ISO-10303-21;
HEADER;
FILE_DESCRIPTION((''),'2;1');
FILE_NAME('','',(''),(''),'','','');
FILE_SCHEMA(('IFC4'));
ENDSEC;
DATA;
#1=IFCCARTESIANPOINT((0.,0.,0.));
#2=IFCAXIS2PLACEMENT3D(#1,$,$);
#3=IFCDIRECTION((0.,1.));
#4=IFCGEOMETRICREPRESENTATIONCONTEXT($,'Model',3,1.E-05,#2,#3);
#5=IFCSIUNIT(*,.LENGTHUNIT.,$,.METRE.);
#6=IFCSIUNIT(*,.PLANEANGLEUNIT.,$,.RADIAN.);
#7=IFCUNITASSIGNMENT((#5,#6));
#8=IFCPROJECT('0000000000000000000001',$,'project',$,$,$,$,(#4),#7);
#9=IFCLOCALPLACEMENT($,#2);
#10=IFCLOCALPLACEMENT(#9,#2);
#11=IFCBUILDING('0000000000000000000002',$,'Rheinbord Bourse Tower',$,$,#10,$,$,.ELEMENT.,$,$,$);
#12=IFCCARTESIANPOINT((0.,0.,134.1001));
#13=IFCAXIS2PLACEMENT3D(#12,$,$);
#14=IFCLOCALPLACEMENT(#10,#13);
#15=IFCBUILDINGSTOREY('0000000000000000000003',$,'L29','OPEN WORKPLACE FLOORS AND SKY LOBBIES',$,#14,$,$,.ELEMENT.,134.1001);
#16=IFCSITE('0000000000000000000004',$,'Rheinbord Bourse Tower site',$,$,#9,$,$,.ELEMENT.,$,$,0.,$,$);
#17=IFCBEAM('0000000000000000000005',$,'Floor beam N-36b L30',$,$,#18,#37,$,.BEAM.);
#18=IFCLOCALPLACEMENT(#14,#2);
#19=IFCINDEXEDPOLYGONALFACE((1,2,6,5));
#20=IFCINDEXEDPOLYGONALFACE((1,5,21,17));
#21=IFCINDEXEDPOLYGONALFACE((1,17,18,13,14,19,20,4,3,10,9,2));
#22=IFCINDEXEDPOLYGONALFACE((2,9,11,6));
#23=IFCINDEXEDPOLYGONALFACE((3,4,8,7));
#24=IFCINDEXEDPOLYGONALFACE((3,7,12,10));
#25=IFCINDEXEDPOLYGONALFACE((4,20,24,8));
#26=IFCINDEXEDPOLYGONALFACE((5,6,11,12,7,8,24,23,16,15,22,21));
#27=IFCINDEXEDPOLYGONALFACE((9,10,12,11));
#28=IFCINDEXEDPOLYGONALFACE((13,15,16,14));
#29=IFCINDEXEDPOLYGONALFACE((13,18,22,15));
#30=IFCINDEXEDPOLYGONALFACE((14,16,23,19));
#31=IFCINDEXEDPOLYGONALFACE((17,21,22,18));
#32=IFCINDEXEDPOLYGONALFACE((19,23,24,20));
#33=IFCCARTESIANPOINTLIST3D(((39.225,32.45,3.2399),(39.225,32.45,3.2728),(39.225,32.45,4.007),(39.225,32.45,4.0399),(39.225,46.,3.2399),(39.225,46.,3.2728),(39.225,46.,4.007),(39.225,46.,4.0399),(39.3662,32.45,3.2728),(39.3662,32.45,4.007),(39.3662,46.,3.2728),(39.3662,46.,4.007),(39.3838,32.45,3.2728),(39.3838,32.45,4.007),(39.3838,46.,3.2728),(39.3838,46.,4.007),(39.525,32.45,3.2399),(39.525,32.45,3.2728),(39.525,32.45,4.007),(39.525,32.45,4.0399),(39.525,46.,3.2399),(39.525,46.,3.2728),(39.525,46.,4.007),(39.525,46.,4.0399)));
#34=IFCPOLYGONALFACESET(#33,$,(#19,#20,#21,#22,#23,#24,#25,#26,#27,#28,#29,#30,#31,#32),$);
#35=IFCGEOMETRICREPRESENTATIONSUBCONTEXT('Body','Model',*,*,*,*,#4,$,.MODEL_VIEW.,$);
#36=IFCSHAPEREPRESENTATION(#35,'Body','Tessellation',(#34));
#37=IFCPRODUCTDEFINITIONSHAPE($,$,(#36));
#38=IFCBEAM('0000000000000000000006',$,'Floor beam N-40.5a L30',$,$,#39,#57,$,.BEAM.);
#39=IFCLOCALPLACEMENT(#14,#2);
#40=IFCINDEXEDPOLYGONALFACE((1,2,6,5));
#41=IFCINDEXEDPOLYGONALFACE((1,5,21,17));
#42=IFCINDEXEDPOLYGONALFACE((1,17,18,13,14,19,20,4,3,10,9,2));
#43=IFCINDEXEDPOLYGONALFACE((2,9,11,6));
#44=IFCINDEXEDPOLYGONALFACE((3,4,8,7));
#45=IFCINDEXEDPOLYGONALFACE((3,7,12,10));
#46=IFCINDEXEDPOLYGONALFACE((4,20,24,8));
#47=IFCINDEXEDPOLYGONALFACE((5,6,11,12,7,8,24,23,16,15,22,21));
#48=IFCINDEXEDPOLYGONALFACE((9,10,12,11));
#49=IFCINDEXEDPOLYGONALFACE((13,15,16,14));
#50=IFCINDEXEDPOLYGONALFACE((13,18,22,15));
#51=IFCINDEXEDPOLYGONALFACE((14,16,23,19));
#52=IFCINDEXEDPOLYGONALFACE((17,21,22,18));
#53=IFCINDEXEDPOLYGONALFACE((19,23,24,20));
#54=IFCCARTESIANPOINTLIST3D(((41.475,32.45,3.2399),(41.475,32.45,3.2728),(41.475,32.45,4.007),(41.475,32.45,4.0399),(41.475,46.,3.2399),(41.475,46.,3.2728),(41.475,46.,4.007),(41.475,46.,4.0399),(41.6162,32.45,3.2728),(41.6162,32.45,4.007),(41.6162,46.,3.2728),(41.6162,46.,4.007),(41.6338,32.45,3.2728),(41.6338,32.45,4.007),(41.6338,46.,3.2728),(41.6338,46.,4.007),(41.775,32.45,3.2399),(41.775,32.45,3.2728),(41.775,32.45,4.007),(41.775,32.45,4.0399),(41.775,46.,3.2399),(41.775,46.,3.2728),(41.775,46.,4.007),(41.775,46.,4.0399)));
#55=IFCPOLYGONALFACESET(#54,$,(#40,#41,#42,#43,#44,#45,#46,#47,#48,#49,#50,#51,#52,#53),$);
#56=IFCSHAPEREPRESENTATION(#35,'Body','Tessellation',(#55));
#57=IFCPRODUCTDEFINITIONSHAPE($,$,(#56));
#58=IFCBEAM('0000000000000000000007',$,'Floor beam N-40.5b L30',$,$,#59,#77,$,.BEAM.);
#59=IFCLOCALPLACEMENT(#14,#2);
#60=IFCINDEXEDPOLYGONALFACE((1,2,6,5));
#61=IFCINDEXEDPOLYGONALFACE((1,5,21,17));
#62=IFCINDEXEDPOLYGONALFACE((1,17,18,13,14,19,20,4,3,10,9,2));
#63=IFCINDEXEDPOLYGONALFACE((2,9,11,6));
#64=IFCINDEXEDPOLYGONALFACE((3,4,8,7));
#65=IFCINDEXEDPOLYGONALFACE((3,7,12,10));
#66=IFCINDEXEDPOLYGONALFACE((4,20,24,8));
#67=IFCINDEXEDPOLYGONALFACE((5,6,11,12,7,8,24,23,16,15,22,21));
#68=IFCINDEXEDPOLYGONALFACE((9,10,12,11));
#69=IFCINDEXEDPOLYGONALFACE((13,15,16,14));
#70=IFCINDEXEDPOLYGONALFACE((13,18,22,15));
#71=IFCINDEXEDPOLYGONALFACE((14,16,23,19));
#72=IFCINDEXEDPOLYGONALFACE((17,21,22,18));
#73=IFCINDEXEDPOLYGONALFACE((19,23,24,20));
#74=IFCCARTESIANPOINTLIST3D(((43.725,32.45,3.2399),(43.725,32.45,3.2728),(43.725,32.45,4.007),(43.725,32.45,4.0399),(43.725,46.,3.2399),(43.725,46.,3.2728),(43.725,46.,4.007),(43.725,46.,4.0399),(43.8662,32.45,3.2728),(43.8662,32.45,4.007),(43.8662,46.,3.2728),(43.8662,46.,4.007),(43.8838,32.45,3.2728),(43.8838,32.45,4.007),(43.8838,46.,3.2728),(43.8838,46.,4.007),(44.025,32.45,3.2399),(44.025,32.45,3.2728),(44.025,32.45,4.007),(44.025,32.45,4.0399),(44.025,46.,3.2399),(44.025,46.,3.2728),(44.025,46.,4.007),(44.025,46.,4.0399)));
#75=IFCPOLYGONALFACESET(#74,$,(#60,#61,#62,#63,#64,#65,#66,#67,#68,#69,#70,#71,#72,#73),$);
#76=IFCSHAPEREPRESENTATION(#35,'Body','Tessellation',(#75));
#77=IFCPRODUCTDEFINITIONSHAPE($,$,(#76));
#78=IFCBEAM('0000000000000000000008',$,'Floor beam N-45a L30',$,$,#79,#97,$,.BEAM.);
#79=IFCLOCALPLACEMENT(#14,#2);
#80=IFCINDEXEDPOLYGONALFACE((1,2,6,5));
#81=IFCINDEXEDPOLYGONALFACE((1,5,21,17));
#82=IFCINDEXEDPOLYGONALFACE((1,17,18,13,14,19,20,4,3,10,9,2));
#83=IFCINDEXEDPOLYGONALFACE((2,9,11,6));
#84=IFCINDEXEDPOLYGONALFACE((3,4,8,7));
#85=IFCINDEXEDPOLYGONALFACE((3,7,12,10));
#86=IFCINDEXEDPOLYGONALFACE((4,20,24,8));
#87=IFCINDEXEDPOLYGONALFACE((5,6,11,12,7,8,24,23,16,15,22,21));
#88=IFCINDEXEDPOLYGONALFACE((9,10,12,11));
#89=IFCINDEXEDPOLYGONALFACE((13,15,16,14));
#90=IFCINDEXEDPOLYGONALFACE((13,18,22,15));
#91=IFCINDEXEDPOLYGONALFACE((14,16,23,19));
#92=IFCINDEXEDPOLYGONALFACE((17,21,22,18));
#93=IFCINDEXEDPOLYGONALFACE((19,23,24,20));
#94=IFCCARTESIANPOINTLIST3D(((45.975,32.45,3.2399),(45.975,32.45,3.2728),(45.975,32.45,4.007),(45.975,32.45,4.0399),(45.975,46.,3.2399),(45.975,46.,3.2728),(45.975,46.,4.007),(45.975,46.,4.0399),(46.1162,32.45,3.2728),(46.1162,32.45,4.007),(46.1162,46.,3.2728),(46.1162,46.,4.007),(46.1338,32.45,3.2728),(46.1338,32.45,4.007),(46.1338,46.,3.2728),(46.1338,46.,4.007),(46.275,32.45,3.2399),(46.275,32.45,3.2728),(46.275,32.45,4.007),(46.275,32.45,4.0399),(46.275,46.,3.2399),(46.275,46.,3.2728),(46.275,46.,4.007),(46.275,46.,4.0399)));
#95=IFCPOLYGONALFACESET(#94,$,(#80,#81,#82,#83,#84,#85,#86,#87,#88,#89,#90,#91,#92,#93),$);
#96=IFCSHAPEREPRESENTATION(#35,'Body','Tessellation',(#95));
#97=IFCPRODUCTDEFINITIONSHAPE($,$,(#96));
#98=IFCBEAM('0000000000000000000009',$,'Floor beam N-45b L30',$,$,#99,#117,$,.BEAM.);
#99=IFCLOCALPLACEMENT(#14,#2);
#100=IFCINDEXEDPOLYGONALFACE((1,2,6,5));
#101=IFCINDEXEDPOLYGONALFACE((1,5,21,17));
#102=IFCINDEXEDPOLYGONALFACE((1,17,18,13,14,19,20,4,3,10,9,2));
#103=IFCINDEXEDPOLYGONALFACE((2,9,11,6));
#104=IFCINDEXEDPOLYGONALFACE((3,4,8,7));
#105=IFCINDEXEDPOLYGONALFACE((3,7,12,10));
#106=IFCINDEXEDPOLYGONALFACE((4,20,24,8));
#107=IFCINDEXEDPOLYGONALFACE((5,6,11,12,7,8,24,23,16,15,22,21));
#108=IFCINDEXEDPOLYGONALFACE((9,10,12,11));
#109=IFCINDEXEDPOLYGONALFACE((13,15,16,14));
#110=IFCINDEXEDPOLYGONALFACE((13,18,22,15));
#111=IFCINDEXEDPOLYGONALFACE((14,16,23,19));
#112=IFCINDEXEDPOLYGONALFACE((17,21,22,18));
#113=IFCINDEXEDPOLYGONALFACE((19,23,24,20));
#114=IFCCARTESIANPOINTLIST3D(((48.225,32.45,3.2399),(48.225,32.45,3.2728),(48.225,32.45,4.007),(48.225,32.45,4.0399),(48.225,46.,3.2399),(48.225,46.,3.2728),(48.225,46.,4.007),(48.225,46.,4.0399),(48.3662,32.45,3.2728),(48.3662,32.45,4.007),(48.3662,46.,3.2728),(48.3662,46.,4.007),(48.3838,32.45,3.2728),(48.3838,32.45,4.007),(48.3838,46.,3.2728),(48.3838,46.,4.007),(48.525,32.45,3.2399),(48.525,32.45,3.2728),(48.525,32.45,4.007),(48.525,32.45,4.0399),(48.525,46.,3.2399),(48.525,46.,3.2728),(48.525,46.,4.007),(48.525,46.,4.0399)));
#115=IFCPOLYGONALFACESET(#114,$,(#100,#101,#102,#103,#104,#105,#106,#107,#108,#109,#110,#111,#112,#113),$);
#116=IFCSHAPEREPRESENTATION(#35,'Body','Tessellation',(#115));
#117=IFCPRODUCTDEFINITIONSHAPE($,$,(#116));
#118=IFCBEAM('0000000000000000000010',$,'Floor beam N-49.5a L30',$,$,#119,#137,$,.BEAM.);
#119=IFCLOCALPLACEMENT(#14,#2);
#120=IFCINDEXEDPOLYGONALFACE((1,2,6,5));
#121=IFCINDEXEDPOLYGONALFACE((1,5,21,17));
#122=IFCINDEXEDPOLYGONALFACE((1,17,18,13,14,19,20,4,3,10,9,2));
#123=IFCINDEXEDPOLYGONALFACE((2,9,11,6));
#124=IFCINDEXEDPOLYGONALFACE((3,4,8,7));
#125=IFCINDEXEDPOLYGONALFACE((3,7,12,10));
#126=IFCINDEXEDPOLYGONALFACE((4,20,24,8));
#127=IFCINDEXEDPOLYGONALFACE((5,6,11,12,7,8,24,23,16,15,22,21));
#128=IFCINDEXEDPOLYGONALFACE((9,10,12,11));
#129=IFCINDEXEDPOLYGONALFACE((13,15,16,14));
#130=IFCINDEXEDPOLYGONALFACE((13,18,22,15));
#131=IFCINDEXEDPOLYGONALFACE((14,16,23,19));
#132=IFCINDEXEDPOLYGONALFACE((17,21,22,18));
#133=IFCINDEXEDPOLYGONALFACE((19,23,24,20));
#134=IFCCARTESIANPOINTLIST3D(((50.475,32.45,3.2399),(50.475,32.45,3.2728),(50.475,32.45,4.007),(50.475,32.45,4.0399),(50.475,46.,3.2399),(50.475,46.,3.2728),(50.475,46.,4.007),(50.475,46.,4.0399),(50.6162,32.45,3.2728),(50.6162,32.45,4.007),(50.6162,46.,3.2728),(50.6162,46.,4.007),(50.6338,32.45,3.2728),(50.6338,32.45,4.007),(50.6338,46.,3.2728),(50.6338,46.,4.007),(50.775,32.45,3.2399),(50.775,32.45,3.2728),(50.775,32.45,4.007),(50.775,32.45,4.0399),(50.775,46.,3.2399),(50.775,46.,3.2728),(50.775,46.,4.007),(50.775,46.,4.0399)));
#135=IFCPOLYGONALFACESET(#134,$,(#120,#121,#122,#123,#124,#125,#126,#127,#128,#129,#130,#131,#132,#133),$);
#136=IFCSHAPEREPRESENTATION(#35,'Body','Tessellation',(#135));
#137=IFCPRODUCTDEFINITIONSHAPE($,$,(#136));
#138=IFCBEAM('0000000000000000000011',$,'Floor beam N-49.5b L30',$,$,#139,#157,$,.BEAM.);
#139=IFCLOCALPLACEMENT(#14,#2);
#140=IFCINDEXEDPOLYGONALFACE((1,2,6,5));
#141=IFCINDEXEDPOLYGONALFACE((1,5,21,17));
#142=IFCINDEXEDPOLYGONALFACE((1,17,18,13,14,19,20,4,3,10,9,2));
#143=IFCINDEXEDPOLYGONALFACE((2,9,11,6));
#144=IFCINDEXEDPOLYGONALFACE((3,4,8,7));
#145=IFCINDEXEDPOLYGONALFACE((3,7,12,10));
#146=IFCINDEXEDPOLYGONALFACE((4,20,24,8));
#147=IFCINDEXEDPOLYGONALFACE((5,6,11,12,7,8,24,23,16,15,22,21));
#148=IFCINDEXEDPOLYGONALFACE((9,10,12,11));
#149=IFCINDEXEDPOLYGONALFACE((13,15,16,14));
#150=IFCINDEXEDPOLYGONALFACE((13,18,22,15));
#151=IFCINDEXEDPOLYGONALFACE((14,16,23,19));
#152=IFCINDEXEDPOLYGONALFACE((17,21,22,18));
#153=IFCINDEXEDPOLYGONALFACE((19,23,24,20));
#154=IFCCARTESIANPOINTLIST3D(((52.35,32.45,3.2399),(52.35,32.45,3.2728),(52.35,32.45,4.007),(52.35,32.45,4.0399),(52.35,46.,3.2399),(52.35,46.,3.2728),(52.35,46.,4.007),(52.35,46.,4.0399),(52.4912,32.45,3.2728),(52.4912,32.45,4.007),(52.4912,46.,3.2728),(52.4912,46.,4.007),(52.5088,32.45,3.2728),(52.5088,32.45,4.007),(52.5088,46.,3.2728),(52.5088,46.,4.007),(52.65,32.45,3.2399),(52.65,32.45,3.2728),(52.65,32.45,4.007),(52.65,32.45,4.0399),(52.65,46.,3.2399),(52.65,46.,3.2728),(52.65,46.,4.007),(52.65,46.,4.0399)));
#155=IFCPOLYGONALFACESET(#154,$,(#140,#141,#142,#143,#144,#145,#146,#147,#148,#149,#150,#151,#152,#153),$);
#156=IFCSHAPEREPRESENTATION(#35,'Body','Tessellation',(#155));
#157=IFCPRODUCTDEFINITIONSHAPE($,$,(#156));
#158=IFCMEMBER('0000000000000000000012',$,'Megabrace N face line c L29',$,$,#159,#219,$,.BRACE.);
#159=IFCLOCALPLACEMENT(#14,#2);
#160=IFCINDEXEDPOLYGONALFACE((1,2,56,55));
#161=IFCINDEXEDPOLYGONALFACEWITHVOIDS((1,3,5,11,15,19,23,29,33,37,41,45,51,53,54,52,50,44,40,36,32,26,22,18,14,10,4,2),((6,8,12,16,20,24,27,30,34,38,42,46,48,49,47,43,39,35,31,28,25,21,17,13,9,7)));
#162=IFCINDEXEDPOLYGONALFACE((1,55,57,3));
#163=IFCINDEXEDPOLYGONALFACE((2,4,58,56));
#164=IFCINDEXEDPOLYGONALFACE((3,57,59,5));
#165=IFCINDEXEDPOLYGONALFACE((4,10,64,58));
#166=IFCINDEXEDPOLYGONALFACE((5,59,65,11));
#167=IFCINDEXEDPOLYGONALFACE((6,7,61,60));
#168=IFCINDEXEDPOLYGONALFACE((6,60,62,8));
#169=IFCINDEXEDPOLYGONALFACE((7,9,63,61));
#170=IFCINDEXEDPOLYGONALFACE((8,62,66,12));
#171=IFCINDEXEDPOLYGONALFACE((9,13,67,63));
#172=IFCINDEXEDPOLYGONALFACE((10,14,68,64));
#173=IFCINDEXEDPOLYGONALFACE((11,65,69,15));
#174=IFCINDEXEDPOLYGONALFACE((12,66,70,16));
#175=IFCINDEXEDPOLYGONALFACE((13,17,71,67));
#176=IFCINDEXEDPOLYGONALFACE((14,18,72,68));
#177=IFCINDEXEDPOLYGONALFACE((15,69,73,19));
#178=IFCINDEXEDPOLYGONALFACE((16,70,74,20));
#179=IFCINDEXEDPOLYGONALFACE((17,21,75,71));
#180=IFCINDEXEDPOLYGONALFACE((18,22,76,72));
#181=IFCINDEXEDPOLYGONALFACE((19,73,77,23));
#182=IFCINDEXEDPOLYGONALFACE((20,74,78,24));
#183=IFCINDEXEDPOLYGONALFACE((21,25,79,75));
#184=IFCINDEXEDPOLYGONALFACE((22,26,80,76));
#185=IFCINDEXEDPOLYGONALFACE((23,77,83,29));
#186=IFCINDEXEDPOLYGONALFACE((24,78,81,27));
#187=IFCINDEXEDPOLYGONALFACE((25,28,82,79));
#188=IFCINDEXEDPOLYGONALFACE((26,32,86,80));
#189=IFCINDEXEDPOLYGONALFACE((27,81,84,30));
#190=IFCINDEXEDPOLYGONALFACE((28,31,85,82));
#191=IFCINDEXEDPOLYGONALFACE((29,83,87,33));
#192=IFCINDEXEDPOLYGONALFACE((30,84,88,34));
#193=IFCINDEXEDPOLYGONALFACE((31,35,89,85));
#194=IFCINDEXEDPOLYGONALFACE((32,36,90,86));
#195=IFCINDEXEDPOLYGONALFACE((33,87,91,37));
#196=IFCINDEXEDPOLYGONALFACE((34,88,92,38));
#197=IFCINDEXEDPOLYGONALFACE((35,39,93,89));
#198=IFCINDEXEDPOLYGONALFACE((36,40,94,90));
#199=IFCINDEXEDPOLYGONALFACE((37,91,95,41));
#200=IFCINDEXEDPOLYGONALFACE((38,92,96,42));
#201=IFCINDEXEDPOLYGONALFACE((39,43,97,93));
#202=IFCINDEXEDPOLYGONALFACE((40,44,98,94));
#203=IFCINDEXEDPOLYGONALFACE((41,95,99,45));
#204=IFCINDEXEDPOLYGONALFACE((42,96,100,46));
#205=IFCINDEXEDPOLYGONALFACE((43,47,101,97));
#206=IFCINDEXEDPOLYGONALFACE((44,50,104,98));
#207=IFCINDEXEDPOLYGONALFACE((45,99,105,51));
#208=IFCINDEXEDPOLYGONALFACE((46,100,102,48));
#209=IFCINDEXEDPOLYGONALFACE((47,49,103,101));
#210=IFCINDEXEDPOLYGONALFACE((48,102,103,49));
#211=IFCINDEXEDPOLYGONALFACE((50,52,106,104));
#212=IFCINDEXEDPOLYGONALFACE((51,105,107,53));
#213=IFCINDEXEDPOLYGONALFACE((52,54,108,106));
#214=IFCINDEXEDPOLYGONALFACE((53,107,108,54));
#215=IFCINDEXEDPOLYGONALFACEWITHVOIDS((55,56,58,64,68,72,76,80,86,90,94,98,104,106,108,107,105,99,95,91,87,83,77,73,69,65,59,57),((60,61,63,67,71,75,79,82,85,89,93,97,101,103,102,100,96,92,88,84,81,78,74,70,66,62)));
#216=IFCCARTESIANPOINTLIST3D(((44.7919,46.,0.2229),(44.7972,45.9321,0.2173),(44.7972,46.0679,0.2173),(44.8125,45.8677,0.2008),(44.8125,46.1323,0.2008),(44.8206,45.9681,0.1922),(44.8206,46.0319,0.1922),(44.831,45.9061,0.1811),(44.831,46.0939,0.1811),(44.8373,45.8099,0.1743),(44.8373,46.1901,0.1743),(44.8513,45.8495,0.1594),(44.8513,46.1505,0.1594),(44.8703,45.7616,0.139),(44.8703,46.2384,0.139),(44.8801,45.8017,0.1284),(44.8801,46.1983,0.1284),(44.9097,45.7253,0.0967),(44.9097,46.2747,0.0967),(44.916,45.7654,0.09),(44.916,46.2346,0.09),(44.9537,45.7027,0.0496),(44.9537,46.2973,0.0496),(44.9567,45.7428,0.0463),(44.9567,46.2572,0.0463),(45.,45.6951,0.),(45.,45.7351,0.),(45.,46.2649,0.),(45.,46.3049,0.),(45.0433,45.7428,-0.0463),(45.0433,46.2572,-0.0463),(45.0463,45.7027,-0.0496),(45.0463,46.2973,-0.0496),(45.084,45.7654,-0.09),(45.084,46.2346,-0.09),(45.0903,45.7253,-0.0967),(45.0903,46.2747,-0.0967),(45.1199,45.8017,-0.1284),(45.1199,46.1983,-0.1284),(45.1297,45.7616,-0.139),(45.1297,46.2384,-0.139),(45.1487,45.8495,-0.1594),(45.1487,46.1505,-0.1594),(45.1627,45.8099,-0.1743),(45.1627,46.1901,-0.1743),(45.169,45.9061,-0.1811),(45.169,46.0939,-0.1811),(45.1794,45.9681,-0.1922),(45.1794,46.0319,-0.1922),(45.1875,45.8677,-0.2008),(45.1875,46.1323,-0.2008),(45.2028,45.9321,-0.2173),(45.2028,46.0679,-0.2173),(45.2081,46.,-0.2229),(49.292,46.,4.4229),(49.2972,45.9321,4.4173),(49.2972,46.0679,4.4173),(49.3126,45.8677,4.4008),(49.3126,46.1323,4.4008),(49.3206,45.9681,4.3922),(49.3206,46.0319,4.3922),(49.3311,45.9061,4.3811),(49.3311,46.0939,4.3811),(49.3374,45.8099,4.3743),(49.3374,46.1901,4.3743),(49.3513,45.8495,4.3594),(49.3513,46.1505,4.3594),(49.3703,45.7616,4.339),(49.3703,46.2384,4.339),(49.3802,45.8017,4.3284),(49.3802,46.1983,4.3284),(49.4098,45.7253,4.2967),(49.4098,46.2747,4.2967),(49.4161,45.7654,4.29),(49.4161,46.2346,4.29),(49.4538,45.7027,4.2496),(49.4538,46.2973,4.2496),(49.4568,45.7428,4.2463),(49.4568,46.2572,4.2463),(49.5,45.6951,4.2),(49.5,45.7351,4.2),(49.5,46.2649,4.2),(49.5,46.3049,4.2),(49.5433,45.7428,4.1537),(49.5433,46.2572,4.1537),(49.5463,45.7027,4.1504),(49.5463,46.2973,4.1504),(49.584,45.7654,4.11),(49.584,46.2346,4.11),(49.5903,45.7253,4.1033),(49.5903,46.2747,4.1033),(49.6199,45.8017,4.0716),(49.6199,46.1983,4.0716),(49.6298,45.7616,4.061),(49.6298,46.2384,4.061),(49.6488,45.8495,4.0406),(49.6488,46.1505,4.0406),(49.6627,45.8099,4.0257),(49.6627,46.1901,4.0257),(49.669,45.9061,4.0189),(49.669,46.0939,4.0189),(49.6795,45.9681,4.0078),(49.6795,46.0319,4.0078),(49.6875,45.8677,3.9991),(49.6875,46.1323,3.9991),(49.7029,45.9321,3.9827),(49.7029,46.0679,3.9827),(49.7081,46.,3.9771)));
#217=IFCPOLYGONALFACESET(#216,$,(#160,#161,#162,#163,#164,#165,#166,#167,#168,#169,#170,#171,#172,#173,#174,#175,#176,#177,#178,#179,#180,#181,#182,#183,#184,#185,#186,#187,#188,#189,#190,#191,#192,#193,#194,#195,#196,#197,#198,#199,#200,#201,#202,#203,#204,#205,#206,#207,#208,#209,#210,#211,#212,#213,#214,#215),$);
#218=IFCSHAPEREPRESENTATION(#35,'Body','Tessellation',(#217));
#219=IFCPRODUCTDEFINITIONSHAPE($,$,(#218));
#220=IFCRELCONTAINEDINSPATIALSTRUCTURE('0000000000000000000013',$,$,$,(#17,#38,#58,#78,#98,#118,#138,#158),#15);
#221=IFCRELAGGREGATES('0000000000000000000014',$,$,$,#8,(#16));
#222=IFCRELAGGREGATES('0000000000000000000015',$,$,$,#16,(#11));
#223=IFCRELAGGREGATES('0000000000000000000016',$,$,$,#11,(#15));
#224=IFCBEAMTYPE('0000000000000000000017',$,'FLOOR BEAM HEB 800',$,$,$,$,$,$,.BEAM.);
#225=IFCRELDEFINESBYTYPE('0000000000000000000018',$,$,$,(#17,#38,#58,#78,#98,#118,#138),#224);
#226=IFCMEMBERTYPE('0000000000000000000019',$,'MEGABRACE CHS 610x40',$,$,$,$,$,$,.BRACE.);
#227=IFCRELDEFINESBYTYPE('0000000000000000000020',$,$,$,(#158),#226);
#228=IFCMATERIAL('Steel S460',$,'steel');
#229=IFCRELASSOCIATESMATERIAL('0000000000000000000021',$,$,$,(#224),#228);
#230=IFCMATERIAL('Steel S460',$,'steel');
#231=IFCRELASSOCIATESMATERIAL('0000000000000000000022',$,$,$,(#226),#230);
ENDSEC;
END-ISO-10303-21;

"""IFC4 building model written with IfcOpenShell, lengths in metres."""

from ifc_helpers import new_model, si_unit, direction, frame, origin, origin_2d, place, context, subcontext, project, spatial, hollow_circle, i_section, extrude, material, material_profile, profile_set, type_object, element, save


model = new_model("IFC4")

# Units and contexts
model_context = context("Model", 3, precision=1e-05, world=origin(), true_north=direction((0.0, 1.0)))
body_context = subcontext(model_context, "Body", "Model", "MODEL_VIEW")
ifc_project = project(units=[si_unit("LENGTHUNIT", "METRE"), si_unit("PLANEANGLEUNIT", "RADIAN")], contexts=[model_context])

# Site, building, storey
site_placement = place(None, origin())
site = spatial("IfcSite", under=ifc_project, at=site_placement, Name="Rheinbord Bourse Tower site", CompositionType="ELEMENT", RefElevation=0.0)
building_placement = place(site_placement, origin())
building = spatial("IfcBuilding", under=site, at=building_placement, Name="Rheinbord Bourse Tower", CompositionType="ELEMENT")
storey_placement = place(building_placement, frame((0.0, 0.0, 134.1001)))
storey = spatial("IfcBuildingStorey", under=building, at=storey_placement, Name="L29", Description="OPEN WORKPLACE FLOORS AND SKY LOBBIES", CompositionType="ELEMENT", Elevation=134.1001)

# Beams
ifc_material_1 = material(Name="Steel S460", Category="steel")
ifc_material_profile_1 = material_profile(ifc_material_1, i_section(OverallWidth=0.3, OverallDepth=0.8, WebThickness=0.0176, FlangeThickness=0.033, at=origin_2d()), Name="HEB 800")
ifc_profile_set_1 = profile_set([ifc_material_profile_1], Name="Steel S460")
beam_type_1 = type_object("IfcBeamType", Name="FLOOR BEAM HEB 800", PredefinedType="BEAM", material=ifc_profile_set_1)
for number, where, z_axis, x_axis, name in (
    (1, (39.375, 46.0, 3.6399), (0.0, -1.0, 0.0), (1.0, 0.0, 0.0), "Floor beam N-36b L30"),
    (2, (41.625, 46.0, 3.6399), (0.0, -1.0, 0.0), (1.0, 0.0, 0.0), "Floor beam N-40.5a L30"),
    (3, (43.875, 46.0, 3.6399), (0.0, -1.0, 0.0), (1.0, 0.0, 0.0), "Floor beam N-40.5b L30"),
    (4, (46.125, 46.0, 3.6399), (0.0, -1.0, 0.0), (1.0, 0.0, 0.0), "Floor beam N-45a L30"),
    (5, (48.375, 46.0, 3.6399), (0.0, -1.0, 0.0), (1.0, 0.0, 0.0), "Floor beam N-45b L30"),
    (6, (50.625, 46.0, 3.6399), (0.0, -1.0, 0.0), (1.0, 0.0, 0.0), "Floor beam N-49.5a L30"),
    (7, (52.5, 46.0, 3.6399), (0.0, -1.0, 0.0), (1.0, 0.0, 0.0), "Floor beam N-49.5b L30"),
):
    element("IfcBeam", number, at=place(storey_placement, frame(where, z_axis=z_axis, x_axis=x_axis)), inside=storey, type_object=beam_type_1, Name=name, PredefinedType="BEAM", context=body_context, shape_type="SweptSolid", body=[
        extrude(i_section(OverallWidth=0.3, OverallDepth=0.8, WebThickness=0.0176, FlangeThickness=0.033, at=origin_2d()), origin(), (0.0, 0.0, 1.0), 13.55),
    ])

# Member
ifc_material_2 = material(Name="Steel S460", Category="steel")
ifc_material_profile_2 = material_profile(ifc_material_2, hollow_circle(Radius=0.3049, WallThickness=0.04, at=origin_2d()), Name="CHS 610x40")
ifc_profile_set_2 = profile_set([ifc_material_profile_2], Name="Steel S460")
member_type_1 = type_object("IfcMemberType", Name="MEGABRACE CHS 610x40", PredefinedType="BRACE", material=ifc_profile_set_2)
member_1_placement = place(storey_placement, frame((45.0, 46.0, 0.0), z_axis=(0.731059, 0.0, 0.682314), x_axis=(0.0, 1.0, 0.0)))
element("IfcMember", 8, at=member_1_placement, inside=storey, type_object=member_type_1, Name="Megabrace N face line c L29", PredefinedType="BRACE", context=body_context, shape_type="SweptSolid", body=[
    extrude(hollow_circle(Radius=0.3049, WallThickness=0.04, at=origin_2d()), origin(), (0.0, 0.0, 1.0), 6.1555),
])

save(model, "model.ifc")
